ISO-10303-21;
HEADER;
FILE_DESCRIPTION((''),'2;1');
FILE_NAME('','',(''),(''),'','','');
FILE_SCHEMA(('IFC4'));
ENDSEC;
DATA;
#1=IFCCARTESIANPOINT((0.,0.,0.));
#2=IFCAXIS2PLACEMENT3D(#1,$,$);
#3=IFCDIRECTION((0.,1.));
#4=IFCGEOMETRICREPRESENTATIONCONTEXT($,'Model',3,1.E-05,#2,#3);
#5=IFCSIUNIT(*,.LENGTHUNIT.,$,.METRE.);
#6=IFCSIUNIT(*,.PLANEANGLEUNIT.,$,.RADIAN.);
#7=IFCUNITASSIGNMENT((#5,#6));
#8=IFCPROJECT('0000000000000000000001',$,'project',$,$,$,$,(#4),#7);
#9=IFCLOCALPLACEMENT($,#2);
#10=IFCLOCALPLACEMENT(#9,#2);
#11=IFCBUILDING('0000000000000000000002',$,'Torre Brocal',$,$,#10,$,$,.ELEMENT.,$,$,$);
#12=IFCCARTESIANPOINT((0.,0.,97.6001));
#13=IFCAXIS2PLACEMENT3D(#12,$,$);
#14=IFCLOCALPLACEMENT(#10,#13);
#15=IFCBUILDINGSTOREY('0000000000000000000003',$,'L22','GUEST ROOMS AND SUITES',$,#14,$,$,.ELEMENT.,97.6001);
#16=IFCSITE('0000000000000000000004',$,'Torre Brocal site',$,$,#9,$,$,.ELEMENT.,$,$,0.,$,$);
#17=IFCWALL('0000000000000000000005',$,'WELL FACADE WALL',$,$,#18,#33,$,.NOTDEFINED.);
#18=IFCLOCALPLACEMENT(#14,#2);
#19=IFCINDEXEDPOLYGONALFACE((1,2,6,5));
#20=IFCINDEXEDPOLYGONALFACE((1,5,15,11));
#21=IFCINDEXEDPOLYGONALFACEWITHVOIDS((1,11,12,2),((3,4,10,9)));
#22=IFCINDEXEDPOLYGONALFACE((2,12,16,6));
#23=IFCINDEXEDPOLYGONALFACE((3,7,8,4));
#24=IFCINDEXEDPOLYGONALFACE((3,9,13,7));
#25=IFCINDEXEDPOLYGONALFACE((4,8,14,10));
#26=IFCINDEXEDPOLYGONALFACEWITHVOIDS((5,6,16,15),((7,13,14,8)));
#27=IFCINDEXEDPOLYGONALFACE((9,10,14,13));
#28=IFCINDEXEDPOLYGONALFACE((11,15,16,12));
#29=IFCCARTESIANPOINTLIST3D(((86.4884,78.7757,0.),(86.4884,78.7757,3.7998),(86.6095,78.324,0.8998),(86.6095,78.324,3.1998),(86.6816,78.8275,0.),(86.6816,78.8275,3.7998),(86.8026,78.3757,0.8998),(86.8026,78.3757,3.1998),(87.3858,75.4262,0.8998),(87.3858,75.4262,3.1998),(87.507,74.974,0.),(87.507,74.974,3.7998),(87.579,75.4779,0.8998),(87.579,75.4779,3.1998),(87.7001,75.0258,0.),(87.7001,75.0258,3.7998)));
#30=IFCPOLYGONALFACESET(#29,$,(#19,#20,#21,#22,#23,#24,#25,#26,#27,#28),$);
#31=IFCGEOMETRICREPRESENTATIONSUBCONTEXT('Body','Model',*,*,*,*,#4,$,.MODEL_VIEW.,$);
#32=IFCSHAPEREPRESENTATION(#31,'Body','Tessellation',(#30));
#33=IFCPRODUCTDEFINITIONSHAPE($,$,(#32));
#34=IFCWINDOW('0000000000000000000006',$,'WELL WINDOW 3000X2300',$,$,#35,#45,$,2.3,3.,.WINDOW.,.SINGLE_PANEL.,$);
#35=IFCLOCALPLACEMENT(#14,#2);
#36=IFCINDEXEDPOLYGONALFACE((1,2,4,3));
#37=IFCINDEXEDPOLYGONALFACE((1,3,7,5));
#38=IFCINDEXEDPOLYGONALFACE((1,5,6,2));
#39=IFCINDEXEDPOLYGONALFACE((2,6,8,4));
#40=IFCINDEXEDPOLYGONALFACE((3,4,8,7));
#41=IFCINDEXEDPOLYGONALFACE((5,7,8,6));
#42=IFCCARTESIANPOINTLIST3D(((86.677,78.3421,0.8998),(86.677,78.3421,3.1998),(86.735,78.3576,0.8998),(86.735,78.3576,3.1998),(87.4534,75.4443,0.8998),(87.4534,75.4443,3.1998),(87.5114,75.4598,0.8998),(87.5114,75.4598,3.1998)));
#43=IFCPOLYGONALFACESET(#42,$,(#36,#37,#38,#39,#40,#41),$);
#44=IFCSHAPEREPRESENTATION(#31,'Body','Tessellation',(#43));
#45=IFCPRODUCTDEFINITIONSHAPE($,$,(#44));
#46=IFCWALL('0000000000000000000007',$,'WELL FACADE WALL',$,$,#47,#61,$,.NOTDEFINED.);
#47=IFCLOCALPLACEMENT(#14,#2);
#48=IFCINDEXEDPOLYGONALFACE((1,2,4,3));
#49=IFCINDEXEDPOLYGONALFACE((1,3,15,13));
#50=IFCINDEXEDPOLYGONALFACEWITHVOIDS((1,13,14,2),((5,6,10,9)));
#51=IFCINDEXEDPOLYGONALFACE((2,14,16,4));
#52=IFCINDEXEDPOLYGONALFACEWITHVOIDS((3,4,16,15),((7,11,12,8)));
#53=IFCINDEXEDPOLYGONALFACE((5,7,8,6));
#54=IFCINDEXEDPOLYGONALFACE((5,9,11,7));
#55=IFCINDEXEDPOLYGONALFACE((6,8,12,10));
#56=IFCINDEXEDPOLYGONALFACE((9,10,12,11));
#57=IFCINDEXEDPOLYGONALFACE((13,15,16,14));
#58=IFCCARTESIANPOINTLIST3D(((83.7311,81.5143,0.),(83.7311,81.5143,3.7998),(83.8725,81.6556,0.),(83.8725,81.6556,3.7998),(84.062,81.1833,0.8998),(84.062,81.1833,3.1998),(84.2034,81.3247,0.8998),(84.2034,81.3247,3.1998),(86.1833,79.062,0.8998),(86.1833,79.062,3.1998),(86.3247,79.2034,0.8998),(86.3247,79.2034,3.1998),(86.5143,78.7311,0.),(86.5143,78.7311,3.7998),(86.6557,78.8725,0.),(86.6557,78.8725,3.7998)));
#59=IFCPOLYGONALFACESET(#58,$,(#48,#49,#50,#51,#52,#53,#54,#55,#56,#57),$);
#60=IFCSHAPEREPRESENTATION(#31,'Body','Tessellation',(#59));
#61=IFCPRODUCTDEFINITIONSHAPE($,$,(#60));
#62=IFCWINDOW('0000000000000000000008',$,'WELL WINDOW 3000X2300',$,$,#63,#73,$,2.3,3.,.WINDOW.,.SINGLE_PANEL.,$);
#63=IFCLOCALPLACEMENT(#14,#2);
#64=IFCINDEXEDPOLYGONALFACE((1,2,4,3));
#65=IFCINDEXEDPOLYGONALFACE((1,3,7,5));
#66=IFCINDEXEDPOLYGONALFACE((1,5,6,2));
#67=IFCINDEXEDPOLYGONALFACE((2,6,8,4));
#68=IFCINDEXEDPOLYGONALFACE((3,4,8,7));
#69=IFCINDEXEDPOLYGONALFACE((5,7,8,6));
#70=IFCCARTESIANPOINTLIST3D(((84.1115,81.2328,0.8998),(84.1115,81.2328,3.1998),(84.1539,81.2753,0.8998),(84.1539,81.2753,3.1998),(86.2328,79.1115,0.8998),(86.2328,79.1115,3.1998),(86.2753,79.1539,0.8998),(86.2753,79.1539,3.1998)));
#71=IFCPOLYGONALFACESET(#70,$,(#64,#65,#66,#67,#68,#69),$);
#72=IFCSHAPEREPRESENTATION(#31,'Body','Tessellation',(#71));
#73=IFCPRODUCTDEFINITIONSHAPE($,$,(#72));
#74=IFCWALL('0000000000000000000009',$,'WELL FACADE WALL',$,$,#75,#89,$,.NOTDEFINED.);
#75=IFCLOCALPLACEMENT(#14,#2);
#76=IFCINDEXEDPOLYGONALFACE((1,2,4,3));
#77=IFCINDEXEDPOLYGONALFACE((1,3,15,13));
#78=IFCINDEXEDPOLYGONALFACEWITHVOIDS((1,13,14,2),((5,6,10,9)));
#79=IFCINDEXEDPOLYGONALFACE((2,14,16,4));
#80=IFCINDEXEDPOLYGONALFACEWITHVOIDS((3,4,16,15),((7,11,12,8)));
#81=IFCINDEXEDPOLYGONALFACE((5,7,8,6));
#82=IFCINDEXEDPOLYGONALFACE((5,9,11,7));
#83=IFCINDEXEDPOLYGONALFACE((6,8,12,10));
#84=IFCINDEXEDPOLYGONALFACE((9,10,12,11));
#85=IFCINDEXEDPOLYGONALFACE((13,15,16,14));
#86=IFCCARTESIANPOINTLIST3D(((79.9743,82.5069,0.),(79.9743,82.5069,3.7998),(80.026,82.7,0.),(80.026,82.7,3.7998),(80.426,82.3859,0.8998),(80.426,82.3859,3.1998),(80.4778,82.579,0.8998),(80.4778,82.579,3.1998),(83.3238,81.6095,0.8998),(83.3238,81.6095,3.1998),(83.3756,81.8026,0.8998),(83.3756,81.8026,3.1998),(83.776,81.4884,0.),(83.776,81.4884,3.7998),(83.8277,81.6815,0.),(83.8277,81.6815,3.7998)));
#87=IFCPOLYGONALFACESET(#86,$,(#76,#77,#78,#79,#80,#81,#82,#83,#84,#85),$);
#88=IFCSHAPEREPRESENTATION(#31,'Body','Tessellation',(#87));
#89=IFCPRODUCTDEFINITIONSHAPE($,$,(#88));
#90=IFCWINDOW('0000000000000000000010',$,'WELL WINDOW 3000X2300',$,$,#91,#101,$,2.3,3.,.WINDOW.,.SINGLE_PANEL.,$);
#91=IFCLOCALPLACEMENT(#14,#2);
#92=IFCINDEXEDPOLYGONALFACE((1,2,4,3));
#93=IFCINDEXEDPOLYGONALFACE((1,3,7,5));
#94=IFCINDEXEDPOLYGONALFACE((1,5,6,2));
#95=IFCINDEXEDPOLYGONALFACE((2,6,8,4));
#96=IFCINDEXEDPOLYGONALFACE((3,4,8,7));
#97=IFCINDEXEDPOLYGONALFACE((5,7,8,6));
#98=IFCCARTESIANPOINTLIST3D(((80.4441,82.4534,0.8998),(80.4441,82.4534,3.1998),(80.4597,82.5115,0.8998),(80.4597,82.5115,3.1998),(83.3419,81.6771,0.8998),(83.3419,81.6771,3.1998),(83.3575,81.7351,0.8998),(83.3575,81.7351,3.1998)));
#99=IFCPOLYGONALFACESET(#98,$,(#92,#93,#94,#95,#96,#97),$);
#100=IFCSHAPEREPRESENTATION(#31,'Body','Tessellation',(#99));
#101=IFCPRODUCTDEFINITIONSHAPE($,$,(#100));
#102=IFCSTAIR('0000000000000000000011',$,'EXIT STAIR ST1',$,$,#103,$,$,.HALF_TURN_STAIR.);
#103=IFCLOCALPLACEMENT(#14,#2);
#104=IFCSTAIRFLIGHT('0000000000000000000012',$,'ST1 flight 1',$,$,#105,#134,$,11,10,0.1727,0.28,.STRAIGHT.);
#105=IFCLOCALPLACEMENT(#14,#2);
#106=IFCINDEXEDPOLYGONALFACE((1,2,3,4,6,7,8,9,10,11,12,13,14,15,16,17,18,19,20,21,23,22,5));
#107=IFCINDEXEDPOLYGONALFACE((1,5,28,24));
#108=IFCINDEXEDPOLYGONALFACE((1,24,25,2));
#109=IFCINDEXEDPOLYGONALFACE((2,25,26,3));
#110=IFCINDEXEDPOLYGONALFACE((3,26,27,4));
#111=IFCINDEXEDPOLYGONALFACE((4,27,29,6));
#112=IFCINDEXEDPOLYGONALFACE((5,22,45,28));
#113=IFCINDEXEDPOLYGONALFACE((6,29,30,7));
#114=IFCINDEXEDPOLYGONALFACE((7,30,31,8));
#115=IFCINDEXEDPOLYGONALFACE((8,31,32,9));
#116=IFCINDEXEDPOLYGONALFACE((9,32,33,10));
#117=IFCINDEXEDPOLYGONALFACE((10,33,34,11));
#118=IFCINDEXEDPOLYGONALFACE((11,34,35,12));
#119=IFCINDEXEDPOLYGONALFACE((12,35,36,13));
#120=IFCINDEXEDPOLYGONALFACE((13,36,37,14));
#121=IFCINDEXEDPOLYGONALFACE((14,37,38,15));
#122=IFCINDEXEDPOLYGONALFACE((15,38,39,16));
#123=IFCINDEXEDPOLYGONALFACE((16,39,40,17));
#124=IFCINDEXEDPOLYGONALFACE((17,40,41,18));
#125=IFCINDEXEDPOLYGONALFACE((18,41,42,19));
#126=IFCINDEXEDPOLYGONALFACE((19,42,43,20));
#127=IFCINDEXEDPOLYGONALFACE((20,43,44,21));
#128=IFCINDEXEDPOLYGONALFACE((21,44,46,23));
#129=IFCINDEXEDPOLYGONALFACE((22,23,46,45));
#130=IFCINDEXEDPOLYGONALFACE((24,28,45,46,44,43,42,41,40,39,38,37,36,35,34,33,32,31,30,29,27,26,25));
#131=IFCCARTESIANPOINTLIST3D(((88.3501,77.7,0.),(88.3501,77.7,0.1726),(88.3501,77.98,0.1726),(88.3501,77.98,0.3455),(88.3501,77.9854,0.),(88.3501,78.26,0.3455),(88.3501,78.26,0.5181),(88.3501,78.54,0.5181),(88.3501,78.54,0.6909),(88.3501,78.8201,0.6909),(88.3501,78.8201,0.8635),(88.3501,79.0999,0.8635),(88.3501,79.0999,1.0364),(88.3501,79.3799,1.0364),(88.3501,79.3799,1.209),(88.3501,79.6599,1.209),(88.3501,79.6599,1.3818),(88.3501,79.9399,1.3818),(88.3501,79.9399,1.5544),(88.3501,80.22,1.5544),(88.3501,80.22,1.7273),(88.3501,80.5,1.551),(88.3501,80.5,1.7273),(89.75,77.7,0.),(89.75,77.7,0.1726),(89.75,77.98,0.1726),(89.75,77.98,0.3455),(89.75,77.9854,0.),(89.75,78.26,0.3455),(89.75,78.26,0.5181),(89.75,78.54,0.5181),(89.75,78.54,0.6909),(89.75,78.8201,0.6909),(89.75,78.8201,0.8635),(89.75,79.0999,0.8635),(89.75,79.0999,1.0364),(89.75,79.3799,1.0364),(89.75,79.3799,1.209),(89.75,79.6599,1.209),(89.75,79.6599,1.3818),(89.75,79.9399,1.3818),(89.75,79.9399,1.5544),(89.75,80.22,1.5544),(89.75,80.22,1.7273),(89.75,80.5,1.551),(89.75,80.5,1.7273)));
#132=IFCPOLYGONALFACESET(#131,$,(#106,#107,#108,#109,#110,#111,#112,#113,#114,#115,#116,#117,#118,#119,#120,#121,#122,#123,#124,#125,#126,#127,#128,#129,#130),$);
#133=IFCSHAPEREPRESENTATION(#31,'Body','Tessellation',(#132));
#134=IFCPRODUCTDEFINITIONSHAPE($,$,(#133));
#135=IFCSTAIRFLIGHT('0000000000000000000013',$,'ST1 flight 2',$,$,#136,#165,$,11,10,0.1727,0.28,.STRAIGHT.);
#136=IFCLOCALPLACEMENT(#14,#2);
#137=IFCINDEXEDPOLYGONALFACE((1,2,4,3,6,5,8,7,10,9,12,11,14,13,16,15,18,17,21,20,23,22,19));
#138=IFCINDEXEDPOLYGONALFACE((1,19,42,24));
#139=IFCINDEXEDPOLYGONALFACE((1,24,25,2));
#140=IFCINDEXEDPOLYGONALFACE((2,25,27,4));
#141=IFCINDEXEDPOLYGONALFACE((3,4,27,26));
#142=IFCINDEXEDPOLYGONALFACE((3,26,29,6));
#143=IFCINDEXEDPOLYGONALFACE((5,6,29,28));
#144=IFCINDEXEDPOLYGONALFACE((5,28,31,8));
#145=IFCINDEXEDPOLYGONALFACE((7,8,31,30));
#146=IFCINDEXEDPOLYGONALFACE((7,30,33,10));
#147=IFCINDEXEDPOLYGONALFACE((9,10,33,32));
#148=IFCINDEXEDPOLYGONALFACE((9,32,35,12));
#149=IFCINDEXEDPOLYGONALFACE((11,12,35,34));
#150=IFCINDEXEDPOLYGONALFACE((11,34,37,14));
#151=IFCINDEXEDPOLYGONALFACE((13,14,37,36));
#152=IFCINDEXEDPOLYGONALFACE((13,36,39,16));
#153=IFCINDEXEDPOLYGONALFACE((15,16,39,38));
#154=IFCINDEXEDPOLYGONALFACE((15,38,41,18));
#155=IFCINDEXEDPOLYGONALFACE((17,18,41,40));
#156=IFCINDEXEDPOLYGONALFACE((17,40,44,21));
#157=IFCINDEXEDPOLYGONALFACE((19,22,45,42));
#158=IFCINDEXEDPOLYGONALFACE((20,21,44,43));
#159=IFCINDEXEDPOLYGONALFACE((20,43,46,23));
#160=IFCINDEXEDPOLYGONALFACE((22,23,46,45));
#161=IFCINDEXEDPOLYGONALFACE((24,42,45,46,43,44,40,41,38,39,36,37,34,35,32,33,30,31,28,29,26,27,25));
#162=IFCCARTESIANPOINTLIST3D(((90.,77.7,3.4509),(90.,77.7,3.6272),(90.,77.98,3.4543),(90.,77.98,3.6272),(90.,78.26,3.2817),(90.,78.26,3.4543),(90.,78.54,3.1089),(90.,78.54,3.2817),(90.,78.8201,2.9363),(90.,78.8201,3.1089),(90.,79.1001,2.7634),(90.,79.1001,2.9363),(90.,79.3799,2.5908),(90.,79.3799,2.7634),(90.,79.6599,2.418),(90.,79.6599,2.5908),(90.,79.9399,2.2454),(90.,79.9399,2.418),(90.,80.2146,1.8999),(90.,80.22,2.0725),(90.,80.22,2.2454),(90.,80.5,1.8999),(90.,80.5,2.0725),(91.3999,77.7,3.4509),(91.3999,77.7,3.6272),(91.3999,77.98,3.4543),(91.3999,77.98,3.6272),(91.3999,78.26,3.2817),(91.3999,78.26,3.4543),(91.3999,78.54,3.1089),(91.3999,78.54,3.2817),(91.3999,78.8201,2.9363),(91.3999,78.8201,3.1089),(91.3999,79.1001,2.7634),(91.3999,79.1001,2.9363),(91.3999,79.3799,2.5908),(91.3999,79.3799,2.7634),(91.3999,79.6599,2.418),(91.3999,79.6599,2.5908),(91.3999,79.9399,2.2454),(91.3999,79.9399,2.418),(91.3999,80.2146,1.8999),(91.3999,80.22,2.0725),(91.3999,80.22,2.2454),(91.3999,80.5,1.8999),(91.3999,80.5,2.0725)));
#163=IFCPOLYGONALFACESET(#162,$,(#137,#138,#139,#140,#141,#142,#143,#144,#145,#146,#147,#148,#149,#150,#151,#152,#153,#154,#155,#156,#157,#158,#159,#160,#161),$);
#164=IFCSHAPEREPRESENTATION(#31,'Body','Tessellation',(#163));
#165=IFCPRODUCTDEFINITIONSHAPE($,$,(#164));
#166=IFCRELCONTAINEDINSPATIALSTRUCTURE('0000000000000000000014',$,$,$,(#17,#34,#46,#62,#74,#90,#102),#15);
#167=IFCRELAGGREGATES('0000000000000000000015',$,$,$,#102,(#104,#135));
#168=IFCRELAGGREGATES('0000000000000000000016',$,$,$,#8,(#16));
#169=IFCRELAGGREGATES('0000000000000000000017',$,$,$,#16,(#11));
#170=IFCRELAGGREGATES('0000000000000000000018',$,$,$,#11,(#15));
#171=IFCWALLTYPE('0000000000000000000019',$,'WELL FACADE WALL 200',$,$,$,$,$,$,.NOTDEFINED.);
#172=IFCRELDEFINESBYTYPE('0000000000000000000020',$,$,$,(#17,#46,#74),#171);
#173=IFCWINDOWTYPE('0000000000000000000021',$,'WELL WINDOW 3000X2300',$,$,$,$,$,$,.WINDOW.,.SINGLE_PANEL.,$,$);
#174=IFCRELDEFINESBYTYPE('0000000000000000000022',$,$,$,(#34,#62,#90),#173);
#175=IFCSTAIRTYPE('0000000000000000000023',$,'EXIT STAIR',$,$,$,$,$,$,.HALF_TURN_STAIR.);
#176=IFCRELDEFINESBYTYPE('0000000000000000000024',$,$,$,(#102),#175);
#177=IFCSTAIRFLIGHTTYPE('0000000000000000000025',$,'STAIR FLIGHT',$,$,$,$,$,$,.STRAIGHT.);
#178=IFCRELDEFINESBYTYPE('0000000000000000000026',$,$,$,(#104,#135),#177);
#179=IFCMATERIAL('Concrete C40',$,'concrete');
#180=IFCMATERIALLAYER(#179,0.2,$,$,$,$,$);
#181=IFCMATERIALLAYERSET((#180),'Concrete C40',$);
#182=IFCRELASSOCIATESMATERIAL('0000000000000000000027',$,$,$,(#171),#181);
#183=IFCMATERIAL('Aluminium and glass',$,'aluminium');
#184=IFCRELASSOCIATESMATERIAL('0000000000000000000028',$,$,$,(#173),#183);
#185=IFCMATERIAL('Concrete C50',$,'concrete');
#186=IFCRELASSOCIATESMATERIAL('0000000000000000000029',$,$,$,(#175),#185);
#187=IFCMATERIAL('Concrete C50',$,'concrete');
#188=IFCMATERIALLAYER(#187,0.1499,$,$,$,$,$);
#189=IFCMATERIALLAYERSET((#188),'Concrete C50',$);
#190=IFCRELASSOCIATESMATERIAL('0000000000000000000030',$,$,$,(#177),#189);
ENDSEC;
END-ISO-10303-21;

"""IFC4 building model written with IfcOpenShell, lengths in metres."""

from ifc_helpers import new_model, si_unit, direction, frame, frame_2d, origin, place, context, subcontext, project, spatial, polyline, rectangle, outline, extrude, material, layer, layer_set, type_object, element, fill, aggregate, save


model = new_model("IFC4")

# Units and contexts
model_context = context("Model", 3, precision=1e-05, world=origin(), true_north=direction((0.0, 1.0)))
body_context = subcontext(model_context, "Body", "Model", "MODEL_VIEW")
ifc_project = project(units=[si_unit("LENGTHUNIT", "METRE"), si_unit("PLANEANGLEUNIT", "RADIAN")], contexts=[model_context])

# Site, building, storey
site_placement = place(None, origin())
site = spatial("IfcSite", under=ifc_project, at=site_placement, Name="Torre Brocal site", CompositionType="ELEMENT", RefElevation=0.0)
building_placement = place(site_placement, origin())
building = spatial("IfcBuilding", under=site, at=building_placement, Name="Torre Brocal", CompositionType="ELEMENT")
storey_placement = place(building_placement, frame((0.0, 0.0, 97.6001)))
storey = spatial("IfcBuildingStorey", under=building, at=storey_placement, Name="L22", Description="GUEST ROOMS AND SUITES", CompositionType="ELEMENT", Elevation=97.6001)

# Walls, openings, windows
ifc_material_1 = material(Name="Concrete C40", Category="concrete")
ifc_layer_1 = layer(ifc_material_1, 0.2)
ifc_layer_set_1 = layer_set([ifc_layer_1], Name="Concrete C40")
wall_type_1 = type_object("IfcWallType", Name="WELL FACADE WALL 200", PredefinedType="NOTDEFINED", material=ifc_layer_set_1)
wall_1_placement = place(storey_placement, frame((87.6035, 75.0, 0.0), z_axis=(0.0, 0.0, 1.0), x_axis=(-0.25879, 0.965934, 0.0)))
wall_1 = element("IfcWall", 1, at=wall_1_placement, inside=storey, type_object=wall_type_1, Name="WELL FACADE WALL", PredefinedType="NOTDEFINED", context=body_context, shape_type="SweptSolid", body=[
    extrude(rectangle(XDim=3.9358, YDim=0.2, at=frame_2d((1.9678, 0.0))), origin(), (0.0, 0.0, 1.0), 3.7998),
])
opening_1_placement = place(wall_1_placement, frame((0.468, 0.0, 0.8999)))
opening_1 = element("IfcOpeningElement", 2, at=opening_1_placement, cuts=wall_1, PredefinedType="OPENING", context=body_context, shape_type="SweptSolid", body=[
    extrude(rectangle(XDim=3.0, YDim=2.3, at=frame_2d((1.5, 1.1499))), frame((0.0, 0.1099, 0.0), z_axis=(0.0, -1.0, 0.0), x_axis=(1.0, 0.0, 0.0)), (0.0, 0.0, 1.0), 0.22),
])
ifc_material_2 = material(Name="Aluminium and glass", Category="aluminium")
window_type = type_object("IfcWindowType", Name="WELL WINDOW 3000X2300", PartitioningType="SINGLE_PANEL", PredefinedType="WINDOW", material=ifc_material_2)
window_1_placement = place(opening_1_placement, origin())
window_1 = element("IfcWindow", 3, at=window_1_placement, inside=storey, type_object=window_type, Name="WELL WINDOW 3000X2300", OverallHeight=2.3, OverallWidth=3.0, PartitioningType="SINGLE_PANEL", PredefinedType="WINDOW", context=body_context, shape_type="SweptSolid", body=[
    extrude(rectangle(XDim=3.0, YDim=2.3, at=frame_2d((1.5, 1.1499))), frame((0.0, 0.03, 0.0), z_axis=(0.0, -1.0, 0.0), x_axis=(1.0, 0.0, 0.0)), (0.0, 0.0, 1.0), 0.0601),
])
fill(opening_1, window_1)
wall_2_placement = place(storey_placement, frame((86.585, 78.8018, 0.0), z_axis=(0.0, 0.0, 1.0), x_axis=(-0.707107, 0.707107, 0.0)))
wall_2 = element("IfcWall", 4, at=wall_2_placement, inside=storey, type_object=wall_type_1, Name="WELL FACADE WALL", PredefinedType="NOTDEFINED", context=body_context, shape_type="SweptSolid", body=[
    extrude(rectangle(XDim=3.936, YDim=0.2, at=frame_2d((1.968, 0.0))), origin(), (0.0, 0.0, 1.0), 3.7998),
])
opening_2_placement = place(wall_2_placement, frame((0.468, 0.0, 0.8999)))
opening_2 = element("IfcOpeningElement", 5, at=opening_2_placement, cuts=wall_2, PredefinedType="OPENING", context=body_context, shape_type="SweptSolid", body=[
    extrude(rectangle(XDim=3.0, YDim=2.3, at=frame_2d((1.5, 1.1499))), frame((0.0, 0.1099, 0.0), z_axis=(0.0, -1.0, 0.0), x_axis=(1.0, 0.0, 0.0)), (0.0, 0.0, 1.0), 0.22),
])
window_2_placement = place(opening_2_placement, origin())
window_2 = element("IfcWindow", 6, at=window_2_placement, inside=storey, type_object=window_type, Name="WELL WINDOW 3000X2300", OverallHeight=2.3, OverallWidth=3.0, PartitioningType="SINGLE_PANEL", PredefinedType="WINDOW", context=body_context, shape_type="SweptSolid", body=[
    extrude(rectangle(XDim=3.0, YDim=2.3, at=frame_2d((1.5, 1.1499))), frame((0.0, 0.03, 0.0), z_axis=(0.0, -1.0, 0.0), x_axis=(1.0, 0.0, 0.0)), (0.0, 0.0, 1.0), 0.0601),
])
fill(opening_2, window_2)
wall_3_placement = place(storey_placement, frame((83.8018, 81.585, 0.0), z_axis=(0.0, 0.0, 1.0), x_axis=(-0.965934, 0.25879, 0.0)))
wall_3 = element("IfcWall", 7, at=wall_3_placement, inside=storey, type_object=wall_type_1, Name="WELL FACADE WALL", PredefinedType="NOTDEFINED", context=body_context, shape_type="SweptSolid", body=[
    extrude(rectangle(XDim=3.9358, YDim=0.2, at=frame_2d((1.9678, 0.0))), origin(), (0.0, 0.0, 1.0), 3.7998),
])
opening_3_placement = place(wall_3_placement, frame((0.468, 0.0, 0.8999)))
opening_3 = element("IfcOpeningElement", 8, at=opening_3_placement, cuts=wall_3, PredefinedType="OPENING", context=body_context, shape_type="SweptSolid", body=[
    extrude(rectangle(XDim=3.0, YDim=2.3, at=frame_2d((1.5, 1.1499))), frame((0.0, 0.1099, 0.0), z_axis=(0.0, -1.0, 0.0), x_axis=(1.0, 0.0, 0.0)), (0.0, 0.0, 1.0), 0.22),
])
window_3_placement = place(opening_3_placement, origin())
window_3 = element("IfcWindow", 9, at=window_3_placement, inside=storey, type_object=window_type, Name="WELL WINDOW 3000X2300", OverallHeight=2.3, OverallWidth=3.0, PartitioningType="SINGLE_PANEL", PredefinedType="WINDOW", context=body_context, shape_type="SweptSolid", body=[
    extrude(rectangle(XDim=3.0, YDim=2.3, at=frame_2d((1.5, 1.1499))), frame((0.0, 0.03, 0.0), z_axis=(0.0, -1.0, 0.0), x_axis=(1.0, 0.0, 0.0)), (0.0, 0.0, 1.0), 0.0601),
])
fill(opening_3, window_3)

# Stair, stair flights
ifc_material_3 = material(Name="Concrete C50", Category="concrete")
stair_type = type_object("IfcStairType", Name="EXIT STAIR", PredefinedType="HALF_TURN_STAIR", material=ifc_material_3)
stair_placement = place(storey_placement, origin())
stair = element("IfcStair", 10, at=stair_placement, inside=storey, type_object=stair_type, Name="EXIT STAIR ST1", PredefinedType="HALF_TURN_STAIR")
ifc_material_4 = material(Name="Concrete C50", Category="concrete")
ifc_layer_2 = layer(ifc_material_4, 0.1499)
ifc_layer_set_2 = layer_set([ifc_layer_2], Name="Concrete C50")
stair_flight_type = type_object("IfcStairFlightType", Name="STAIR FLIGHT", PredefinedType="STRAIGHT", material=ifc_layer_set_2)
stair_flight_1_placement = place(storey_placement, frame((89.05, 77.7, 0.0), z_axis=(0.0, 0.0, 1.0), x_axis=(0.0, 1.0, 0.0)))
stair_flight_1 = element("IfcStairFlight", 11, at=stair_flight_1_placement, type_object=stair_flight_type, Name="ST1 flight 1", NumberOfRisers=11, NumberOfTreads=10, PredefinedType="STRAIGHT", RiserHeight=0.1727, TreadLength=0.28, context=body_context, shape_type="SweptSolid", body=[
    extrude(outline(polyline([(0.0, 0.0), (0.0, 0.1726), (0.28, 0.1726), (0.28, 0.3455), (0.5601, 0.3455), (0.5601, 0.5181), (0.8401, 0.5181), (0.8401, 0.6909), (1.1201, 0.6909), (1.1201, 0.8635), (1.3999, 0.8635), (1.3999, 1.0364), (1.6799, 1.0364), (1.6799, 1.209), (1.96, 1.209), (1.96, 1.3818), (2.24, 1.3818), (2.24, 1.5544), (2.52, 1.5544), (2.52, 1.7273), (2.8, 1.7273), (2.8, 1.8999), (2.8, 1.551), (0.2854, 0.0), (0.0, 0.0)])), frame((0.0, 0.7, 0.0), z_axis=(0.0, -1.0, 0.0), x_axis=(1.0, 0.0, 0.0)), (0.0, 0.0, 1.0), 1.3999),
])
stair_flight_2_placement = place(storey_placement, frame((90.7, 80.5, 1.8999), z_axis=(0.0, 0.0, 1.0), x_axis=(0.0, -1.0, 0.0)))
stair_flight_2 = element("IfcStairFlight", 12, at=stair_flight_2_placement, type_object=stair_flight_type, Name="ST1 flight 2", NumberOfRisers=11, NumberOfTreads=10, PredefinedType="STRAIGHT", RiserHeight=0.1727, TreadLength=0.28, context=body_context, shape_type="SweptSolid", body=[
    extrude(outline(polyline([(0.0, 0.0), (0.0, 0.1726), (0.28, 0.1726), (0.28, 0.3455), (0.5601, 0.3455), (0.5601, 0.5181), (0.8401, 0.5181), (0.8401, 0.6909), (1.1201, 0.6909), (1.1201, 0.8635), (1.3999, 0.8635), (1.3999, 1.0364), (1.6799, 1.0364), (1.6799, 1.209), (1.96, 1.209), (1.96, 1.3818), (2.24, 1.3818), (2.24, 1.5544), (2.52, 1.5544), (2.52, 1.7273), (2.8, 1.7273), (2.8, 1.8999), (2.8, 1.551), (0.2854, 0.0), (0.0, 0.0)])), frame((0.0, 0.7, 0.0), z_axis=(0.0, -1.0, 0.0), x_axis=(1.0, 0.0, 0.0)), (0.0, 0.0, 1.0), 1.3999),
])
aggregate(stair, [stair_flight_1, stair_flight_2])

save(model, "model.ifc")
